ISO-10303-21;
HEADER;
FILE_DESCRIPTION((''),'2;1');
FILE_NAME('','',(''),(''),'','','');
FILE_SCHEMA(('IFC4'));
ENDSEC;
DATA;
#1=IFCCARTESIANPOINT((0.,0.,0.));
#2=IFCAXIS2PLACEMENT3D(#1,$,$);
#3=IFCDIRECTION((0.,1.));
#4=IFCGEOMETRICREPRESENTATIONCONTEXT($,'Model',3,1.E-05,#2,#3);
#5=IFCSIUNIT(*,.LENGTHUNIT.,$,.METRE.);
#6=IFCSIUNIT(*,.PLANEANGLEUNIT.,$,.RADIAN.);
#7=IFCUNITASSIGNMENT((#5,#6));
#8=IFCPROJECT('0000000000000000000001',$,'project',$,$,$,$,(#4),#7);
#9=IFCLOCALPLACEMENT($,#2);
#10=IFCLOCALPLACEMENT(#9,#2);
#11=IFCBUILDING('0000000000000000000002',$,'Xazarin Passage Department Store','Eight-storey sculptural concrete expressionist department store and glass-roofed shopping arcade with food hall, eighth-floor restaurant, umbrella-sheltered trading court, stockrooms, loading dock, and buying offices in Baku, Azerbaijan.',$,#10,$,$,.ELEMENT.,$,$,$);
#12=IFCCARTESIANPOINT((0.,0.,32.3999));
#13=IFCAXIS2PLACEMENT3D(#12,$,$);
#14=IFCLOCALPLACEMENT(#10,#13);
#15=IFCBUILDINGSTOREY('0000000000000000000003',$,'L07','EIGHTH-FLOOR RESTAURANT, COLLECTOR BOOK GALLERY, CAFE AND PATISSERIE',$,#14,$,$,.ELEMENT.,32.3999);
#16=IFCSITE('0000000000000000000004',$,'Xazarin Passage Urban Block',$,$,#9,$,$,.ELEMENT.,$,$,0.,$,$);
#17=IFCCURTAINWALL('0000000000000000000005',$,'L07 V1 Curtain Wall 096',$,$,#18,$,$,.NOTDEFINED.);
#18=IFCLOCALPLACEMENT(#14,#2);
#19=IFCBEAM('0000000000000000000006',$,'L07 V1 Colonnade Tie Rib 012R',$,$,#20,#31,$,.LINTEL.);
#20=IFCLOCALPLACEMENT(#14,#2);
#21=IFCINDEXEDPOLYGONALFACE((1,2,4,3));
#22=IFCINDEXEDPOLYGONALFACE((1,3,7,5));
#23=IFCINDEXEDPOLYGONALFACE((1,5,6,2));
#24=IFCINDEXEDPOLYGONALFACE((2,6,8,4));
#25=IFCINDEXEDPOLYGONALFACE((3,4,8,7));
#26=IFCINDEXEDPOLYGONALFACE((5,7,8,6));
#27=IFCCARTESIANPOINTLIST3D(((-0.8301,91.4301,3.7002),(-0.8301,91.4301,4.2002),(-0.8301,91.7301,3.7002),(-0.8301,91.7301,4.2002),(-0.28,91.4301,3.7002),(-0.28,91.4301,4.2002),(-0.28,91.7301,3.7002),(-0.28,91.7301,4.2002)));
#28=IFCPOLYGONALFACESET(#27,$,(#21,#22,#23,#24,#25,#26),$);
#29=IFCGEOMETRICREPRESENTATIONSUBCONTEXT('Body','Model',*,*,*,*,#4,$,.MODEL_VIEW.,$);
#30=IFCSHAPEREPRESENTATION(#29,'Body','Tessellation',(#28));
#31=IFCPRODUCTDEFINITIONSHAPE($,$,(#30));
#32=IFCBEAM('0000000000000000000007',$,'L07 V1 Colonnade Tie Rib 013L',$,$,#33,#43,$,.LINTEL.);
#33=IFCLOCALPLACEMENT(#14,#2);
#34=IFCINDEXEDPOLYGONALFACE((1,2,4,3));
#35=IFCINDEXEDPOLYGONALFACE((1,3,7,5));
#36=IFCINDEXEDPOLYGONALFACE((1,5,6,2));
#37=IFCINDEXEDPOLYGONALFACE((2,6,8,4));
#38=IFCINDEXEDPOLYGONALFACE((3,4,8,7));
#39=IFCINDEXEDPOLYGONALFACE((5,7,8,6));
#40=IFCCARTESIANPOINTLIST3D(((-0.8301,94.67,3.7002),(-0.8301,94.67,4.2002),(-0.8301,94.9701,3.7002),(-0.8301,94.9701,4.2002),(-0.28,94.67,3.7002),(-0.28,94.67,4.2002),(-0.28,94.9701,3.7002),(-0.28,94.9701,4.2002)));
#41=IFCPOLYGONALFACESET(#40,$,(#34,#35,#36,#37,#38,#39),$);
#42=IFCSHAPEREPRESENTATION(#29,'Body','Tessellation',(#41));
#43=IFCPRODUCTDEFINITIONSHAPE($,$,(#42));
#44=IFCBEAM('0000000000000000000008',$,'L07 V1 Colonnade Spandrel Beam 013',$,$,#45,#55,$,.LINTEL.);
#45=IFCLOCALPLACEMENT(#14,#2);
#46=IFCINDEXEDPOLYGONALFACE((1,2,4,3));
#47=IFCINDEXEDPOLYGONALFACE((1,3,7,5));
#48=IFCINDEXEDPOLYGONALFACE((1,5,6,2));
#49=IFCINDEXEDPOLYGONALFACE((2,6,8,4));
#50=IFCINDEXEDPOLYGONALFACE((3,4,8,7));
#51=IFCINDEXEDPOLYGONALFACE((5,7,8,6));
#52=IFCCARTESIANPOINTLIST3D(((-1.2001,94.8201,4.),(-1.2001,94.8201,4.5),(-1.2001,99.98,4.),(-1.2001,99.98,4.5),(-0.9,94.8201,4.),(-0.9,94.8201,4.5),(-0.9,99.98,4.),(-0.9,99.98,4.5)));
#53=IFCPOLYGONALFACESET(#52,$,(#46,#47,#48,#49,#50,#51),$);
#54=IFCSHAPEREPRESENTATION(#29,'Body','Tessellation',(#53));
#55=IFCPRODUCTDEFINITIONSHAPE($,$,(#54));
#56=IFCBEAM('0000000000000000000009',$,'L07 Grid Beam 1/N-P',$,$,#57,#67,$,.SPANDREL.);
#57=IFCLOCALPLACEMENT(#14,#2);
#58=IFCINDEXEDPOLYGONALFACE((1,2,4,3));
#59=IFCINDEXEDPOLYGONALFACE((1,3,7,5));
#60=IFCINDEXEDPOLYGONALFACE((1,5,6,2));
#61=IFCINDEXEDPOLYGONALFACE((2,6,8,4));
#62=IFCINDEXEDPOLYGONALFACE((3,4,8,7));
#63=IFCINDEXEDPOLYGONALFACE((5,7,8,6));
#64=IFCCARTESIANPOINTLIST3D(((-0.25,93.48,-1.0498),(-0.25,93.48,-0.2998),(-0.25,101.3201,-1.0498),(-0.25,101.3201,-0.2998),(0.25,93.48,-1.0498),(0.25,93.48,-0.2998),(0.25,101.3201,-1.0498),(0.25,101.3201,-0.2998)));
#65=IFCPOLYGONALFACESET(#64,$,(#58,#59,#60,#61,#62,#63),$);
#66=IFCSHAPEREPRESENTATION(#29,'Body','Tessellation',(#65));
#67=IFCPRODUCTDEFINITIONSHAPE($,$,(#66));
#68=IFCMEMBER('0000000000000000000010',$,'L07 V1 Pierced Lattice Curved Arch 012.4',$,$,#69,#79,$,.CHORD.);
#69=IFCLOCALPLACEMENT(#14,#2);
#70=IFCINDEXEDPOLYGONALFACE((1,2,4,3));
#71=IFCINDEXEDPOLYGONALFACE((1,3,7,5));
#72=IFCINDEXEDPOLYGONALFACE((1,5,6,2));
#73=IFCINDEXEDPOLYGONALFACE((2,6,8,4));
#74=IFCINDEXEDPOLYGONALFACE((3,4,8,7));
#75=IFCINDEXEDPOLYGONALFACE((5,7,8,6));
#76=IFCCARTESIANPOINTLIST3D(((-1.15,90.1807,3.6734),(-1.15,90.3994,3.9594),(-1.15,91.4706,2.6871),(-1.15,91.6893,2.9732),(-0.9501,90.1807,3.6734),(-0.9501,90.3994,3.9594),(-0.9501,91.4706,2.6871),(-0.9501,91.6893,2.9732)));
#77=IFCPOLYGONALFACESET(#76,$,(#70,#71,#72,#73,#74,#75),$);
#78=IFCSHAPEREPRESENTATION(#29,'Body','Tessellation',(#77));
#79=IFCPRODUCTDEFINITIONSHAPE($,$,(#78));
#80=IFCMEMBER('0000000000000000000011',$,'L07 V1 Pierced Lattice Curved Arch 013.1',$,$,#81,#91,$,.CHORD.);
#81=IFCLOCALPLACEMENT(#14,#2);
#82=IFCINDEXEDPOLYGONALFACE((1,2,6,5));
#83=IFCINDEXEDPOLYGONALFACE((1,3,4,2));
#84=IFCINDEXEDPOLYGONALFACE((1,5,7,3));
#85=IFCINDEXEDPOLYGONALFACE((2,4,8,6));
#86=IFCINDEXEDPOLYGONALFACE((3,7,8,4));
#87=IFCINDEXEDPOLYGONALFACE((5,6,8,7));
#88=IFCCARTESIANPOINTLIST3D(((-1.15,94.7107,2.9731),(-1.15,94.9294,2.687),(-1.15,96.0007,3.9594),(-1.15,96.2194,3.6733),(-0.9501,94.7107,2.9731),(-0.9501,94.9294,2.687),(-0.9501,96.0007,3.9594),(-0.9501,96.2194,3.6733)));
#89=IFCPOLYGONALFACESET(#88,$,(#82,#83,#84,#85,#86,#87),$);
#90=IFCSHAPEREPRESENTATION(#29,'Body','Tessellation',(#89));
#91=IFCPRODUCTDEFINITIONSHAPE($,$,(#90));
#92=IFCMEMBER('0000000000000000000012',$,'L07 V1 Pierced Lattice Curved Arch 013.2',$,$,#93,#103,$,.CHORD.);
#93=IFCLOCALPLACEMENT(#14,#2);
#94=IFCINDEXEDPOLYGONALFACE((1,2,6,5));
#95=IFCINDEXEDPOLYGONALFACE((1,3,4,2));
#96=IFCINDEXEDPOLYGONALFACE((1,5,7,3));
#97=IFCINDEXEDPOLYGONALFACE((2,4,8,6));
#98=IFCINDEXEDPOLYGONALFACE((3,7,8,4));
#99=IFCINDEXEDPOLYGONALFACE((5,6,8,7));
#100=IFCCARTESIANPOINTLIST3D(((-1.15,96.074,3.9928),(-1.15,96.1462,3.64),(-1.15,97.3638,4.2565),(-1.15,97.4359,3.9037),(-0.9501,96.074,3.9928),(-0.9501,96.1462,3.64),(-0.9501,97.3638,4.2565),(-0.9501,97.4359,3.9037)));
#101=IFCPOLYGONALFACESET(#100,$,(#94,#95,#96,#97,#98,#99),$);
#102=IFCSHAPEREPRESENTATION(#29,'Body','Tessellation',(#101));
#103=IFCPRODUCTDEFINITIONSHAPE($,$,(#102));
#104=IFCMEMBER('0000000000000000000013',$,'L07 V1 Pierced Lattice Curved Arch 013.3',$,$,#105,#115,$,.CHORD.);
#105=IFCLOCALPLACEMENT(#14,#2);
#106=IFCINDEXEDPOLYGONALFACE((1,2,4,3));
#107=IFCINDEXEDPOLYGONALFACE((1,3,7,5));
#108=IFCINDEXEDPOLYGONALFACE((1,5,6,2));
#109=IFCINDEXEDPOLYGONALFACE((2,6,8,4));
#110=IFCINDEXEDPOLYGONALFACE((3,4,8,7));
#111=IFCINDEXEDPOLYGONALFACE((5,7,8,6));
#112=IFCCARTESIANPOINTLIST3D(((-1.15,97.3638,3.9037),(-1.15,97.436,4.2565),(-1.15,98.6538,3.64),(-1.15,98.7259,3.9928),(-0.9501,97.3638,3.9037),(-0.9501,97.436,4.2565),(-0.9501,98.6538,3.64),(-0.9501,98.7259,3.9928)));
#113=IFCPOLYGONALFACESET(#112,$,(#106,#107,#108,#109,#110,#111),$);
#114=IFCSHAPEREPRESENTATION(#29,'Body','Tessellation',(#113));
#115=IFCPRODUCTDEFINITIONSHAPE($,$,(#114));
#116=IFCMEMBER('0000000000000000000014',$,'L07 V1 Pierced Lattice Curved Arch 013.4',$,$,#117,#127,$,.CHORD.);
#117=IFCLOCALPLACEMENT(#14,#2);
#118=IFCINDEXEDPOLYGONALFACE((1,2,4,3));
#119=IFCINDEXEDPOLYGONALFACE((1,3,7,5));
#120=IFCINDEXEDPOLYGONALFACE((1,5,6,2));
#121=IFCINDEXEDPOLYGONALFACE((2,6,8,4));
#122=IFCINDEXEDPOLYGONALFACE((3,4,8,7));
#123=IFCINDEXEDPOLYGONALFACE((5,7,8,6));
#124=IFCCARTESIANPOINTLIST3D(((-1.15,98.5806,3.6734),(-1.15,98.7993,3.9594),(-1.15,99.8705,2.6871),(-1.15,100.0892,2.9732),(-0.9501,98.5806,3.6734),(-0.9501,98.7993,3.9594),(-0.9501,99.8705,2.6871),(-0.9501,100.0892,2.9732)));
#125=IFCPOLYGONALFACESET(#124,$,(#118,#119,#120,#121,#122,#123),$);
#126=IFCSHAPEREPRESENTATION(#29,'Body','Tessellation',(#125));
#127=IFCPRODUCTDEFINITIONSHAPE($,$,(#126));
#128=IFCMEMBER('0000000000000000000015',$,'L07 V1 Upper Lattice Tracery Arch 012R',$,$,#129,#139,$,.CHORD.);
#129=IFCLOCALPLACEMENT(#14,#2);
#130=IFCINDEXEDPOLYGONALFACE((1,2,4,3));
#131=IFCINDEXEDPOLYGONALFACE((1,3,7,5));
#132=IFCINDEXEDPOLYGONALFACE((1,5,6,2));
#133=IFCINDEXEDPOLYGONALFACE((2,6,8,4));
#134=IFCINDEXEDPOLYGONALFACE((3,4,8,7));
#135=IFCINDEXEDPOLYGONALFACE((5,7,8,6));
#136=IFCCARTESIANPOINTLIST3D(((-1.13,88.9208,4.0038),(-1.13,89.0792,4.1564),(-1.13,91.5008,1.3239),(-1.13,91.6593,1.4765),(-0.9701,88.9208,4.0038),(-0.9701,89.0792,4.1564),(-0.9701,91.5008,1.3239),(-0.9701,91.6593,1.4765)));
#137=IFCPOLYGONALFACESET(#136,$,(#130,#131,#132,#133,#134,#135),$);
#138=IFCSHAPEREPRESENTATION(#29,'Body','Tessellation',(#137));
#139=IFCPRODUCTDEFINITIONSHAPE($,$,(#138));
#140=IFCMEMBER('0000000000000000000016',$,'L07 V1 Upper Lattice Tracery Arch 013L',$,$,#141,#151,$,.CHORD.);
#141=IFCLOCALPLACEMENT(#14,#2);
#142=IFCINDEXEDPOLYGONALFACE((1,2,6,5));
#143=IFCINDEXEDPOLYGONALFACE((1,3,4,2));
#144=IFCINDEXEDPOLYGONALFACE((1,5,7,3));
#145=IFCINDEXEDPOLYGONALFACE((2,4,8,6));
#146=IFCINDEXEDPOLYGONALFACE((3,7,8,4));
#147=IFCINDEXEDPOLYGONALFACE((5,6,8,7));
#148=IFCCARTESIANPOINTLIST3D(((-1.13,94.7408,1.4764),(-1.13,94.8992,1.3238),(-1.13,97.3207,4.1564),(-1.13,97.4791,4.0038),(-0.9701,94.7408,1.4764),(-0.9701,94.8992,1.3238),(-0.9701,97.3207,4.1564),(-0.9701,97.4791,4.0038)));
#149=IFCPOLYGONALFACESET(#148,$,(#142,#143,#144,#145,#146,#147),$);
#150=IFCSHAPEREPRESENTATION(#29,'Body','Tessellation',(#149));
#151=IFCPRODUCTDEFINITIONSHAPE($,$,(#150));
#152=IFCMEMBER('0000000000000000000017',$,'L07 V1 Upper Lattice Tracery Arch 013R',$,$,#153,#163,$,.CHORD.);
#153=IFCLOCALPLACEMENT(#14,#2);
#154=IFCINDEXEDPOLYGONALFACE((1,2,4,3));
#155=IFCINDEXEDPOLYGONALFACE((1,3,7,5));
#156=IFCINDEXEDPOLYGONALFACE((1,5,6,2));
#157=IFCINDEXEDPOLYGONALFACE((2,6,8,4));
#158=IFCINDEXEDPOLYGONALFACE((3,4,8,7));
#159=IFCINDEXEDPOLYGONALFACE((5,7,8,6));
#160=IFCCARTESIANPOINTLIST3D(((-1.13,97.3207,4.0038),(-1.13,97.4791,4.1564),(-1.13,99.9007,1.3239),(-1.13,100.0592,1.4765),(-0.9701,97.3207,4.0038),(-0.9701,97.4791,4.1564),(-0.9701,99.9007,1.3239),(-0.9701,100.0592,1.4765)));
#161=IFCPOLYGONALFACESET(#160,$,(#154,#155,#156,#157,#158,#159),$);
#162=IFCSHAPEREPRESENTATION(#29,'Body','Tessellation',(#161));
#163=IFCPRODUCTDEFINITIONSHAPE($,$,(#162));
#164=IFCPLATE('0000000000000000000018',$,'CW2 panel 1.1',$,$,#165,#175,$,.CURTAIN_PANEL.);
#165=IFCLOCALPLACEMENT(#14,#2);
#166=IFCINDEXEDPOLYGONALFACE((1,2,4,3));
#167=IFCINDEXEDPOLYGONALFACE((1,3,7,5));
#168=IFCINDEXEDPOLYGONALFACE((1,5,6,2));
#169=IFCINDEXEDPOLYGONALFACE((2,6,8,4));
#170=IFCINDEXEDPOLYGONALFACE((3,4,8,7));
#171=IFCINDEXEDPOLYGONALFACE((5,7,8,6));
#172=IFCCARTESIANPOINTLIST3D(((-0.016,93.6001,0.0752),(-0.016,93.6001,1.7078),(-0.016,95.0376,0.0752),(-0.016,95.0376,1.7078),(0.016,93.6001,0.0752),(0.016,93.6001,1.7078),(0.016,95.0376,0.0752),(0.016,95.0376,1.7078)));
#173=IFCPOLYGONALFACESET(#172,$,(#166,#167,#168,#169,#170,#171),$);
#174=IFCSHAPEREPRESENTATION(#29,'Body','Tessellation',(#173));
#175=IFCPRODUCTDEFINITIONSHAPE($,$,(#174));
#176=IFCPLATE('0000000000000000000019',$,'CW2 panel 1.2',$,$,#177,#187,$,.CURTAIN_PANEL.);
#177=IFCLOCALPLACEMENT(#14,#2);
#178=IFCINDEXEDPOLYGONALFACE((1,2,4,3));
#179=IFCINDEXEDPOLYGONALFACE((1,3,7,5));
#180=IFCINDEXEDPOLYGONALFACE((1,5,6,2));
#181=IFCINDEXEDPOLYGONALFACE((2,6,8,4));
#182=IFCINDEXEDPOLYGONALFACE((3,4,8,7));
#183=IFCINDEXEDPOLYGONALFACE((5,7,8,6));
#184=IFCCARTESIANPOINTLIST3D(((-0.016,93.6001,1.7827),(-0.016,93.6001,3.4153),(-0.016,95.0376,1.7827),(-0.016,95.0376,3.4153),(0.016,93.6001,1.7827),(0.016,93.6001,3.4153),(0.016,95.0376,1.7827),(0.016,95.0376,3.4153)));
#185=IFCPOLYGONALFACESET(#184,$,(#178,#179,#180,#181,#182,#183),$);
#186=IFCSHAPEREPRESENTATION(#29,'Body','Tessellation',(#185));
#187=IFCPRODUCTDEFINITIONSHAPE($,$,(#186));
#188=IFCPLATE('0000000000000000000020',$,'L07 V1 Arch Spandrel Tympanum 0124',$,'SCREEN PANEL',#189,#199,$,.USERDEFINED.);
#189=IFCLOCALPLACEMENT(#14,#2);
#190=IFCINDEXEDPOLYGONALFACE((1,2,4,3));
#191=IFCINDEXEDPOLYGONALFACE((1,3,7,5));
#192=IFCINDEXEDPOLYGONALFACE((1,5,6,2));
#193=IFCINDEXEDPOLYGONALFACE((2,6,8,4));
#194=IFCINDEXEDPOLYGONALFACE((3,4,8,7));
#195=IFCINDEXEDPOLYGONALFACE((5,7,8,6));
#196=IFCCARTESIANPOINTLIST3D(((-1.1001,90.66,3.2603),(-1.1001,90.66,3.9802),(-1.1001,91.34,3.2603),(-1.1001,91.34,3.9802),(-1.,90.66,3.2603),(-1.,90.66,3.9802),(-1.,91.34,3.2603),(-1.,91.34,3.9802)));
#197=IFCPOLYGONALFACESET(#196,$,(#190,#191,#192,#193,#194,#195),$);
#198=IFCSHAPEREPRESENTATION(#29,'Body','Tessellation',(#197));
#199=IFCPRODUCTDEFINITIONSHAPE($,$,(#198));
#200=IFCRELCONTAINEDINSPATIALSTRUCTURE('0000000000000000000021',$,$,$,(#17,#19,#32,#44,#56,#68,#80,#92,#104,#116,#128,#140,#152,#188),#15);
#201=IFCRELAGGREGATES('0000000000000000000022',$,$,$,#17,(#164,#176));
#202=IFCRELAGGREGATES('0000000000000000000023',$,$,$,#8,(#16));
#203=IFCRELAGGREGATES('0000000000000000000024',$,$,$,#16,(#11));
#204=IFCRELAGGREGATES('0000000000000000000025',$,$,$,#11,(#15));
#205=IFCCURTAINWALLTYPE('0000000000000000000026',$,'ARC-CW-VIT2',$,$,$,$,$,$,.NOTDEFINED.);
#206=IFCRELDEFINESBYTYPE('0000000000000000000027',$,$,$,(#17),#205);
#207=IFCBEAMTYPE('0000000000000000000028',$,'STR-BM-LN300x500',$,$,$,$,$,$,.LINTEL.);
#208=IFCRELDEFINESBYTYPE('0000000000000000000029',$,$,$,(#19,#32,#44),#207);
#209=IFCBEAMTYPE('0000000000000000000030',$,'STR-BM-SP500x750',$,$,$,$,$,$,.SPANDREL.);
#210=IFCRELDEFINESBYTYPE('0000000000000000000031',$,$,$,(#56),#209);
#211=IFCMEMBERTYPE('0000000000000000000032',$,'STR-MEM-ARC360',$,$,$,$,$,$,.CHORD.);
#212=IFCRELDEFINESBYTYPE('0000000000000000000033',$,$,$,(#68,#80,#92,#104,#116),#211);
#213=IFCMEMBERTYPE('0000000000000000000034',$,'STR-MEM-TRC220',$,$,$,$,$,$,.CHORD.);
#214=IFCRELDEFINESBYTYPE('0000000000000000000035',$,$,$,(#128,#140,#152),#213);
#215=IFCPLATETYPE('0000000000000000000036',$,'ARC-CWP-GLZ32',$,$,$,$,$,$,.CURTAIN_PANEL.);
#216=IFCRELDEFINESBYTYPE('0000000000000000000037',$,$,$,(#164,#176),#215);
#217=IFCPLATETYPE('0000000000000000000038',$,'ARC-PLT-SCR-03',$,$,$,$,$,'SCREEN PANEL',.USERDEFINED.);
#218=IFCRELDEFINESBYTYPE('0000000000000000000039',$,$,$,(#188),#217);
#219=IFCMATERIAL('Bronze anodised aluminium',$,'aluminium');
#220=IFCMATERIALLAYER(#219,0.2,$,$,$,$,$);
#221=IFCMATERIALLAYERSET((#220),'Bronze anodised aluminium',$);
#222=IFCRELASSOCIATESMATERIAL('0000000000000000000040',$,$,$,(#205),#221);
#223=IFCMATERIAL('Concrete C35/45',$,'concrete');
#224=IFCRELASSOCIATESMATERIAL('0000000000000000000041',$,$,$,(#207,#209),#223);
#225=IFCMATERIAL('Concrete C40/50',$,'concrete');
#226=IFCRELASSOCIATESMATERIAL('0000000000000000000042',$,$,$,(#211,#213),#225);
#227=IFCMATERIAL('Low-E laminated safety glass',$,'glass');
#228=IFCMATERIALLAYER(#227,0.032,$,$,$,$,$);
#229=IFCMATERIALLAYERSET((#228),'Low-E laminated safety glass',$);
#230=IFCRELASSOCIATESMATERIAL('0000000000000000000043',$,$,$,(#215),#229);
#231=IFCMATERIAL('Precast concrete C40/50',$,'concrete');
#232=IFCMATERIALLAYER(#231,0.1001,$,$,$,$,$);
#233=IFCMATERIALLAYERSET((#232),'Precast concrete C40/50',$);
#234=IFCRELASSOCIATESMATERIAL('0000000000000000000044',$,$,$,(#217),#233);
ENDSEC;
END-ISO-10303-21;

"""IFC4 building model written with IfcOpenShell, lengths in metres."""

from ifc_helpers import new_model, si_unit, direction, frame, origin, origin_2d, place, context, subcontext, project, spatial, rectangle, extrude, material, layer, layer_set, material_profile, profile_set, type_object, element, aggregate, save


model = new_model("IFC4")

# Units and contexts
model_context = context("Model", 3, precision=1e-05, world=origin(), true_north=direction((0.0, 1.0)))
body_context = subcontext(model_context, "Body", "Model", "MODEL_VIEW")
ifc_project = project(units=[si_unit("LENGTHUNIT", "METRE"), si_unit("PLANEANGLEUNIT", "RADIAN")], contexts=[model_context])

# Site, building, storey
site_placement = place(None, origin())
site = spatial("IfcSite", under=ifc_project, at=site_placement, Name="Xazarin Passage Urban Block", CompositionType="ELEMENT", RefElevation=0.0)
building_placement = place(site_placement, origin())
building = spatial("IfcBuilding", under=site, at=building_placement, Name="Xazarin Passage Department Store", Description="Eight-storey sculptural concrete expressionist department store and glass-roofed shopping arcade with food hall, eighth-floor restaurant, umbrella-sheltered trading court, stockrooms, loading dock, and buying offices in Baku, Azerbaijan.", CompositionType="ELEMENT")
storey_placement = place(building_placement, frame((0.0, 0.0, 32.3999)))
storey = spatial("IfcBuildingStorey", under=building, at=storey_placement, Name="L07", Description="EIGHTH-FLOOR RESTAURANT, COLLECTOR BOOK GALLERY, CAFE AND PATISSERIE", CompositionType="ELEMENT", Elevation=32.3999)

# Shared definitions
ifc_material_1 = material(Name="Concrete C40/50", Category="concrete")

# Curtain wall
ifc_material_2 = material(Name="Bronze anodised aluminium", Category="aluminium")
ifc_layer_1 = layer(ifc_material_2, 0.2)
ifc_layer_set_1 = layer_set([ifc_layer_1], Name="Bronze anodised aluminium")
curtain_wall_type = type_object("IfcCurtainWallType", Name="ARC-CW-VIT2", PredefinedType="NOTDEFINED", material=ifc_layer_set_1)
curtain_wall_placement = place(storey_placement, origin())
curtain_wall = element("IfcCurtainWall", 1, at=curtain_wall_placement, inside=storey, type_object=curtain_wall_type, Name="L07 V1 Curtain Wall 096", PredefinedType="NOTDEFINED")

# Beams
ifc_material_3 = material(Name="Concrete C35/45", Category="concrete")
ifc_material_profile_1 = material_profile(ifc_material_3, rectangle(XDim=0.3, YDim=0.5, at=origin_2d()), Name="RC 300x500")
ifc_profile_set_1 = profile_set([ifc_material_profile_1], Name="Concrete C35/45")
beam_type_1 = type_object("IfcBeamType", Name="STR-BM-LN300x500", PredefinedType="LINTEL", material=ifc_profile_set_1)
for number, where, z_axis, x_axis, name in (
    (2, (-0.28, 91.5801, 3.9502), (-1.0, 0.0, 0.0), (0.0, -1.0, 0.0), "L07 V1 Colonnade Tie Rib 012R"),
    (3, (-0.28, 94.8201, 3.9502), (-1.0, 0.0, 0.0), (0.0, -1.0, 0.0), "L07 V1 Colonnade Tie Rib 013L"),
):
    element("IfcBeam", number, at=place(storey_placement, frame(where, z_axis=z_axis, x_axis=x_axis)), inside=storey, type_object=beam_type_1, Name=name, PredefinedType="LINTEL", context=body_context, shape_type="SweptSolid", body=[
        extrude(rectangle(XDim=0.3, YDim=0.5, at=origin_2d()), origin(), (0.0, 0.0, 1.0), 0.55),
    ])
beam_1_placement = place(storey_placement, frame((-1.05, 94.8201, 4.25), z_axis=(0.0, 1.0, 0.0), x_axis=(-1.0, 0.0, 0.0)))
element("IfcBeam", 4, at=beam_1_placement, inside=storey, type_object=beam_type_1, Name="L07 V1 Colonnade Spandrel Beam 013", PredefinedType="LINTEL", context=body_context, shape_type="SweptSolid", body=[
    extrude(rectangle(XDim=0.3, YDim=0.5, at=origin_2d()), origin(), (0.0, 0.0, 1.0), 5.1599),
])
ifc_material_profile_2 = material_profile(ifc_material_3, rectangle(XDim=0.5, YDim=0.75, at=origin_2d()), Name="RC 500x750")
ifc_profile_set_2 = profile_set([ifc_material_profile_2], Name="Concrete C35/45")
beam_type_2 = type_object("IfcBeamType", Name="STR-BM-SP500x750", PredefinedType="SPANDREL", material=ifc_profile_set_2)
beam_2_placement = place(storey_placement, frame((0.0, 93.48, -0.6748), z_axis=(0.0, 1.0, 0.0), x_axis=(-1.0, 0.0, 0.0)))
element("IfcBeam", 5, at=beam_2_placement, inside=storey, type_object=beam_type_2, Name="L07 Grid Beam 1/N-P", PredefinedType="SPANDREL", context=body_context, shape_type="SweptSolid", body=[
    extrude(rectangle(XDim=0.5, YDim=0.75, at=origin_2d()), origin(), (0.0, 0.0, 1.0), 7.8401),
])

# Members
ifc_material_profile_3 = material_profile(ifc_material_1, rectangle(XDim=0.2, YDim=0.3601, at=origin_2d()), Name="RC 200x360")
ifc_profile_set_3 = profile_set([ifc_material_profile_3], Name="Concrete C40/50")
member_type_1 = type_object("IfcMemberType", Name="STR-MEM-ARC360", PredefinedType="CHORD", material=ifc_profile_set_3)
for number, where, z_axis, x_axis, name in (
    (6, (-1.05, 90.29, 3.8164), (0.0, 0.794409, -0.607383), (-1.0, 0.0, 0.0), "L07 V1 Pierced Lattice Curved Arch 012.4"),
    (7, (-1.05, 94.8201, 2.8301), (0.0, 0.794409, 0.607383), (-1.0, 0.0, 0.0), "L07 V1 Pierced Lattice Curved Arch 013.1"),
):
    element("IfcMember", number, at=place(storey_placement, frame(where, z_axis=z_axis, x_axis=x_axis)), inside=storey, type_object=member_type_1, Name=name, PredefinedType="CHORD", context=body_context, shape_type="SweptSolid", body=[
        extrude(rectangle(XDim=0.2, YDim=0.3601, at=origin_2d()), origin(), (0.0, 0.0, 1.0), 1.6238),
    ])
member_1_placement = place(storey_placement, frame((-1.05, 96.1101, 3.8164), z_axis=(0.0, 0.979737, 0.200287), x_axis=(-1.0, 0.0, 0.0)))
element("IfcMember", 8, at=member_1_placement, inside=storey, type_object=member_type_1, Name="L07 V1 Pierced Lattice Curved Arch 013.2", PredefinedType="CHORD", context=body_context, shape_type="SweptSolid", body=[
    extrude(rectangle(XDim=0.2, YDim=0.3601, at=origin_2d()), origin(), (0.0, 0.0, 1.0), 1.3164),
])
member_2_placement = place(storey_placement, frame((-1.05, 97.3999, 4.0801), z_axis=(0.0, 0.979745, -0.200251), x_axis=(-1.0, 0.0, 0.0)))
element("IfcMember", 9, at=member_2_placement, inside=storey, type_object=member_type_1, Name="L07 V1 Pierced Lattice Curved Arch 013.3", PredefinedType="CHORD", context=body_context, shape_type="SweptSolid", body=[
    extrude(rectangle(XDim=0.2, YDim=0.3601, at=origin_2d()), origin(), (0.0, 0.0, 1.0), 1.3167),
])
member_3_placement = place(storey_placement, frame((-1.05, 98.6899, 3.8164), z_axis=(0.0, 0.794409, -0.607383), x_axis=(-1.0, 0.0, 0.0)))
element("IfcMember", 10, at=member_3_placement, inside=storey, type_object=member_type_1, Name="L07 V1 Pierced Lattice Curved Arch 013.4", PredefinedType="CHORD", context=body_context, shape_type="SweptSolid", body=[
    extrude(rectangle(XDim=0.2, YDim=0.3601, at=origin_2d()), origin(), (0.0, 0.0, 1.0), 1.6238),
])
ifc_material_profile_4 = material_profile(ifc_material_1, rectangle(XDim=0.1599, YDim=0.22, at=origin_2d()), Name="RC 160x220")
ifc_profile_set_4 = profile_set([ifc_material_profile_4], Name="Concrete C40/50")
member_type_2 = type_object("IfcMemberType", Name="STR-MEM-TRC220", PredefinedType="CHORD", material=ifc_profile_set_4)
for number, where, z_axis, x_axis, name in (
    (11, (-1.05, 89.0, 4.0801), (0.0, 0.693558, -0.7204), (-1.0, 0.0, 0.0), "L07 V1 Upper Lattice Tracery Arch 012R"),
    (12, (-1.05, 97.3999, 4.0801), (0.0, -0.693524, -0.720433), (1.0, 0.0, 0.0), "L07 V1 Upper Lattice Tracery Arch 013L"),
    (13, (-1.05, 97.3999, 4.0801), (0.0, 0.693558, -0.7204), (-1.0, 0.0, 0.0), "L07 V1 Upper Lattice Tracery Arch 013R"),
):
    element("IfcMember", number, at=place(storey_placement, frame(where, z_axis=z_axis, x_axis=x_axis)), inside=storey, type_object=member_type_2, Name=name, PredefinedType="CHORD", context=body_context, shape_type="SweptSolid", body=[
        extrude(rectangle(XDim=0.1599, YDim=0.22, at=origin_2d()), origin(), (0.0, 0.0, 1.0), 3.72),
    ])

# Plates
ifc_material_4 = material(Name="Low-E laminated safety glass", Category="glass")
ifc_layer_2 = layer(ifc_material_4, 0.032)
ifc_layer_set_2 = layer_set([ifc_layer_2], Name="Low-E laminated safety glass")
plate_type_1 = type_object("IfcPlateType", Name="ARC-CWP-GLZ32", PredefinedType="CURTAIN_PANEL", material=ifc_layer_set_2)
plate_1_placement = place(storey_placement, frame((0.0, 94.3188, 0.0752), z_axis=(0.0, 0.0, 1.0), x_axis=(0.0, 1.0, 0.0)))
plate_1 = element("IfcPlate", 14, at=plate_1_placement, type_object=plate_type_1, Name="CW2 panel 1.1", PredefinedType="CURTAIN_PANEL", context=body_context, shape_type="SweptSolid", body=[
    extrude(rectangle(XDim=1.4375, YDim=0.032, at=origin_2d()), origin(), (0.0, 0.0, 1.0), 1.6326),
])
plate_2_placement = place(storey_placement, frame((0.0, 94.3188, 1.7827), z_axis=(0.0, 0.0, 1.0), x_axis=(0.0, 1.0, 0.0)))
plate_2 = element("IfcPlate", 15, at=plate_2_placement, type_object=plate_type_1, Name="CW2 panel 1.2", PredefinedType="CURTAIN_PANEL", context=body_context, shape_type="SweptSolid", body=[
    extrude(rectangle(XDim=1.4375, YDim=0.032, at=origin_2d()), origin(), (0.0, 0.0, 1.0), 1.6326),
])
aggregate(curtain_wall, [plate_1, plate_2])

# Plate
ifc_material_5 = material(Name="Precast concrete C40/50", Category="concrete")
ifc_layer_3 = layer(ifc_material_5, 0.1001)
ifc_layer_set_3 = layer_set([ifc_layer_3], Name="Precast concrete C40/50")
plate_type_2 = type_object("IfcPlateType", Name="ARC-PLT-SCR-03", ElementType="SCREEN PANEL", PredefinedType="USERDEFINED", material=ifc_layer_set_3)
plate_3_placement = place(storey_placement, frame((-1.05, 91.0, 3.2603), z_axis=(0.0, 0.0, 1.0), x_axis=(0.0, 1.0, 0.0)))
element("IfcPlate", 16, at=plate_3_placement, inside=storey, type_object=plate_type_2, Name="L07 V1 Arch Spandrel Tympanum 0124", ObjectType="SCREEN PANEL", PredefinedType="USERDEFINED", context=body_context, shape_type="SweptSolid", body=[
    extrude(rectangle(XDim=0.6799, YDim=0.1001, at=origin_2d()), origin(), (0.0, 0.0, 1.0), 0.72),
])

save(model, "model.ifc")
